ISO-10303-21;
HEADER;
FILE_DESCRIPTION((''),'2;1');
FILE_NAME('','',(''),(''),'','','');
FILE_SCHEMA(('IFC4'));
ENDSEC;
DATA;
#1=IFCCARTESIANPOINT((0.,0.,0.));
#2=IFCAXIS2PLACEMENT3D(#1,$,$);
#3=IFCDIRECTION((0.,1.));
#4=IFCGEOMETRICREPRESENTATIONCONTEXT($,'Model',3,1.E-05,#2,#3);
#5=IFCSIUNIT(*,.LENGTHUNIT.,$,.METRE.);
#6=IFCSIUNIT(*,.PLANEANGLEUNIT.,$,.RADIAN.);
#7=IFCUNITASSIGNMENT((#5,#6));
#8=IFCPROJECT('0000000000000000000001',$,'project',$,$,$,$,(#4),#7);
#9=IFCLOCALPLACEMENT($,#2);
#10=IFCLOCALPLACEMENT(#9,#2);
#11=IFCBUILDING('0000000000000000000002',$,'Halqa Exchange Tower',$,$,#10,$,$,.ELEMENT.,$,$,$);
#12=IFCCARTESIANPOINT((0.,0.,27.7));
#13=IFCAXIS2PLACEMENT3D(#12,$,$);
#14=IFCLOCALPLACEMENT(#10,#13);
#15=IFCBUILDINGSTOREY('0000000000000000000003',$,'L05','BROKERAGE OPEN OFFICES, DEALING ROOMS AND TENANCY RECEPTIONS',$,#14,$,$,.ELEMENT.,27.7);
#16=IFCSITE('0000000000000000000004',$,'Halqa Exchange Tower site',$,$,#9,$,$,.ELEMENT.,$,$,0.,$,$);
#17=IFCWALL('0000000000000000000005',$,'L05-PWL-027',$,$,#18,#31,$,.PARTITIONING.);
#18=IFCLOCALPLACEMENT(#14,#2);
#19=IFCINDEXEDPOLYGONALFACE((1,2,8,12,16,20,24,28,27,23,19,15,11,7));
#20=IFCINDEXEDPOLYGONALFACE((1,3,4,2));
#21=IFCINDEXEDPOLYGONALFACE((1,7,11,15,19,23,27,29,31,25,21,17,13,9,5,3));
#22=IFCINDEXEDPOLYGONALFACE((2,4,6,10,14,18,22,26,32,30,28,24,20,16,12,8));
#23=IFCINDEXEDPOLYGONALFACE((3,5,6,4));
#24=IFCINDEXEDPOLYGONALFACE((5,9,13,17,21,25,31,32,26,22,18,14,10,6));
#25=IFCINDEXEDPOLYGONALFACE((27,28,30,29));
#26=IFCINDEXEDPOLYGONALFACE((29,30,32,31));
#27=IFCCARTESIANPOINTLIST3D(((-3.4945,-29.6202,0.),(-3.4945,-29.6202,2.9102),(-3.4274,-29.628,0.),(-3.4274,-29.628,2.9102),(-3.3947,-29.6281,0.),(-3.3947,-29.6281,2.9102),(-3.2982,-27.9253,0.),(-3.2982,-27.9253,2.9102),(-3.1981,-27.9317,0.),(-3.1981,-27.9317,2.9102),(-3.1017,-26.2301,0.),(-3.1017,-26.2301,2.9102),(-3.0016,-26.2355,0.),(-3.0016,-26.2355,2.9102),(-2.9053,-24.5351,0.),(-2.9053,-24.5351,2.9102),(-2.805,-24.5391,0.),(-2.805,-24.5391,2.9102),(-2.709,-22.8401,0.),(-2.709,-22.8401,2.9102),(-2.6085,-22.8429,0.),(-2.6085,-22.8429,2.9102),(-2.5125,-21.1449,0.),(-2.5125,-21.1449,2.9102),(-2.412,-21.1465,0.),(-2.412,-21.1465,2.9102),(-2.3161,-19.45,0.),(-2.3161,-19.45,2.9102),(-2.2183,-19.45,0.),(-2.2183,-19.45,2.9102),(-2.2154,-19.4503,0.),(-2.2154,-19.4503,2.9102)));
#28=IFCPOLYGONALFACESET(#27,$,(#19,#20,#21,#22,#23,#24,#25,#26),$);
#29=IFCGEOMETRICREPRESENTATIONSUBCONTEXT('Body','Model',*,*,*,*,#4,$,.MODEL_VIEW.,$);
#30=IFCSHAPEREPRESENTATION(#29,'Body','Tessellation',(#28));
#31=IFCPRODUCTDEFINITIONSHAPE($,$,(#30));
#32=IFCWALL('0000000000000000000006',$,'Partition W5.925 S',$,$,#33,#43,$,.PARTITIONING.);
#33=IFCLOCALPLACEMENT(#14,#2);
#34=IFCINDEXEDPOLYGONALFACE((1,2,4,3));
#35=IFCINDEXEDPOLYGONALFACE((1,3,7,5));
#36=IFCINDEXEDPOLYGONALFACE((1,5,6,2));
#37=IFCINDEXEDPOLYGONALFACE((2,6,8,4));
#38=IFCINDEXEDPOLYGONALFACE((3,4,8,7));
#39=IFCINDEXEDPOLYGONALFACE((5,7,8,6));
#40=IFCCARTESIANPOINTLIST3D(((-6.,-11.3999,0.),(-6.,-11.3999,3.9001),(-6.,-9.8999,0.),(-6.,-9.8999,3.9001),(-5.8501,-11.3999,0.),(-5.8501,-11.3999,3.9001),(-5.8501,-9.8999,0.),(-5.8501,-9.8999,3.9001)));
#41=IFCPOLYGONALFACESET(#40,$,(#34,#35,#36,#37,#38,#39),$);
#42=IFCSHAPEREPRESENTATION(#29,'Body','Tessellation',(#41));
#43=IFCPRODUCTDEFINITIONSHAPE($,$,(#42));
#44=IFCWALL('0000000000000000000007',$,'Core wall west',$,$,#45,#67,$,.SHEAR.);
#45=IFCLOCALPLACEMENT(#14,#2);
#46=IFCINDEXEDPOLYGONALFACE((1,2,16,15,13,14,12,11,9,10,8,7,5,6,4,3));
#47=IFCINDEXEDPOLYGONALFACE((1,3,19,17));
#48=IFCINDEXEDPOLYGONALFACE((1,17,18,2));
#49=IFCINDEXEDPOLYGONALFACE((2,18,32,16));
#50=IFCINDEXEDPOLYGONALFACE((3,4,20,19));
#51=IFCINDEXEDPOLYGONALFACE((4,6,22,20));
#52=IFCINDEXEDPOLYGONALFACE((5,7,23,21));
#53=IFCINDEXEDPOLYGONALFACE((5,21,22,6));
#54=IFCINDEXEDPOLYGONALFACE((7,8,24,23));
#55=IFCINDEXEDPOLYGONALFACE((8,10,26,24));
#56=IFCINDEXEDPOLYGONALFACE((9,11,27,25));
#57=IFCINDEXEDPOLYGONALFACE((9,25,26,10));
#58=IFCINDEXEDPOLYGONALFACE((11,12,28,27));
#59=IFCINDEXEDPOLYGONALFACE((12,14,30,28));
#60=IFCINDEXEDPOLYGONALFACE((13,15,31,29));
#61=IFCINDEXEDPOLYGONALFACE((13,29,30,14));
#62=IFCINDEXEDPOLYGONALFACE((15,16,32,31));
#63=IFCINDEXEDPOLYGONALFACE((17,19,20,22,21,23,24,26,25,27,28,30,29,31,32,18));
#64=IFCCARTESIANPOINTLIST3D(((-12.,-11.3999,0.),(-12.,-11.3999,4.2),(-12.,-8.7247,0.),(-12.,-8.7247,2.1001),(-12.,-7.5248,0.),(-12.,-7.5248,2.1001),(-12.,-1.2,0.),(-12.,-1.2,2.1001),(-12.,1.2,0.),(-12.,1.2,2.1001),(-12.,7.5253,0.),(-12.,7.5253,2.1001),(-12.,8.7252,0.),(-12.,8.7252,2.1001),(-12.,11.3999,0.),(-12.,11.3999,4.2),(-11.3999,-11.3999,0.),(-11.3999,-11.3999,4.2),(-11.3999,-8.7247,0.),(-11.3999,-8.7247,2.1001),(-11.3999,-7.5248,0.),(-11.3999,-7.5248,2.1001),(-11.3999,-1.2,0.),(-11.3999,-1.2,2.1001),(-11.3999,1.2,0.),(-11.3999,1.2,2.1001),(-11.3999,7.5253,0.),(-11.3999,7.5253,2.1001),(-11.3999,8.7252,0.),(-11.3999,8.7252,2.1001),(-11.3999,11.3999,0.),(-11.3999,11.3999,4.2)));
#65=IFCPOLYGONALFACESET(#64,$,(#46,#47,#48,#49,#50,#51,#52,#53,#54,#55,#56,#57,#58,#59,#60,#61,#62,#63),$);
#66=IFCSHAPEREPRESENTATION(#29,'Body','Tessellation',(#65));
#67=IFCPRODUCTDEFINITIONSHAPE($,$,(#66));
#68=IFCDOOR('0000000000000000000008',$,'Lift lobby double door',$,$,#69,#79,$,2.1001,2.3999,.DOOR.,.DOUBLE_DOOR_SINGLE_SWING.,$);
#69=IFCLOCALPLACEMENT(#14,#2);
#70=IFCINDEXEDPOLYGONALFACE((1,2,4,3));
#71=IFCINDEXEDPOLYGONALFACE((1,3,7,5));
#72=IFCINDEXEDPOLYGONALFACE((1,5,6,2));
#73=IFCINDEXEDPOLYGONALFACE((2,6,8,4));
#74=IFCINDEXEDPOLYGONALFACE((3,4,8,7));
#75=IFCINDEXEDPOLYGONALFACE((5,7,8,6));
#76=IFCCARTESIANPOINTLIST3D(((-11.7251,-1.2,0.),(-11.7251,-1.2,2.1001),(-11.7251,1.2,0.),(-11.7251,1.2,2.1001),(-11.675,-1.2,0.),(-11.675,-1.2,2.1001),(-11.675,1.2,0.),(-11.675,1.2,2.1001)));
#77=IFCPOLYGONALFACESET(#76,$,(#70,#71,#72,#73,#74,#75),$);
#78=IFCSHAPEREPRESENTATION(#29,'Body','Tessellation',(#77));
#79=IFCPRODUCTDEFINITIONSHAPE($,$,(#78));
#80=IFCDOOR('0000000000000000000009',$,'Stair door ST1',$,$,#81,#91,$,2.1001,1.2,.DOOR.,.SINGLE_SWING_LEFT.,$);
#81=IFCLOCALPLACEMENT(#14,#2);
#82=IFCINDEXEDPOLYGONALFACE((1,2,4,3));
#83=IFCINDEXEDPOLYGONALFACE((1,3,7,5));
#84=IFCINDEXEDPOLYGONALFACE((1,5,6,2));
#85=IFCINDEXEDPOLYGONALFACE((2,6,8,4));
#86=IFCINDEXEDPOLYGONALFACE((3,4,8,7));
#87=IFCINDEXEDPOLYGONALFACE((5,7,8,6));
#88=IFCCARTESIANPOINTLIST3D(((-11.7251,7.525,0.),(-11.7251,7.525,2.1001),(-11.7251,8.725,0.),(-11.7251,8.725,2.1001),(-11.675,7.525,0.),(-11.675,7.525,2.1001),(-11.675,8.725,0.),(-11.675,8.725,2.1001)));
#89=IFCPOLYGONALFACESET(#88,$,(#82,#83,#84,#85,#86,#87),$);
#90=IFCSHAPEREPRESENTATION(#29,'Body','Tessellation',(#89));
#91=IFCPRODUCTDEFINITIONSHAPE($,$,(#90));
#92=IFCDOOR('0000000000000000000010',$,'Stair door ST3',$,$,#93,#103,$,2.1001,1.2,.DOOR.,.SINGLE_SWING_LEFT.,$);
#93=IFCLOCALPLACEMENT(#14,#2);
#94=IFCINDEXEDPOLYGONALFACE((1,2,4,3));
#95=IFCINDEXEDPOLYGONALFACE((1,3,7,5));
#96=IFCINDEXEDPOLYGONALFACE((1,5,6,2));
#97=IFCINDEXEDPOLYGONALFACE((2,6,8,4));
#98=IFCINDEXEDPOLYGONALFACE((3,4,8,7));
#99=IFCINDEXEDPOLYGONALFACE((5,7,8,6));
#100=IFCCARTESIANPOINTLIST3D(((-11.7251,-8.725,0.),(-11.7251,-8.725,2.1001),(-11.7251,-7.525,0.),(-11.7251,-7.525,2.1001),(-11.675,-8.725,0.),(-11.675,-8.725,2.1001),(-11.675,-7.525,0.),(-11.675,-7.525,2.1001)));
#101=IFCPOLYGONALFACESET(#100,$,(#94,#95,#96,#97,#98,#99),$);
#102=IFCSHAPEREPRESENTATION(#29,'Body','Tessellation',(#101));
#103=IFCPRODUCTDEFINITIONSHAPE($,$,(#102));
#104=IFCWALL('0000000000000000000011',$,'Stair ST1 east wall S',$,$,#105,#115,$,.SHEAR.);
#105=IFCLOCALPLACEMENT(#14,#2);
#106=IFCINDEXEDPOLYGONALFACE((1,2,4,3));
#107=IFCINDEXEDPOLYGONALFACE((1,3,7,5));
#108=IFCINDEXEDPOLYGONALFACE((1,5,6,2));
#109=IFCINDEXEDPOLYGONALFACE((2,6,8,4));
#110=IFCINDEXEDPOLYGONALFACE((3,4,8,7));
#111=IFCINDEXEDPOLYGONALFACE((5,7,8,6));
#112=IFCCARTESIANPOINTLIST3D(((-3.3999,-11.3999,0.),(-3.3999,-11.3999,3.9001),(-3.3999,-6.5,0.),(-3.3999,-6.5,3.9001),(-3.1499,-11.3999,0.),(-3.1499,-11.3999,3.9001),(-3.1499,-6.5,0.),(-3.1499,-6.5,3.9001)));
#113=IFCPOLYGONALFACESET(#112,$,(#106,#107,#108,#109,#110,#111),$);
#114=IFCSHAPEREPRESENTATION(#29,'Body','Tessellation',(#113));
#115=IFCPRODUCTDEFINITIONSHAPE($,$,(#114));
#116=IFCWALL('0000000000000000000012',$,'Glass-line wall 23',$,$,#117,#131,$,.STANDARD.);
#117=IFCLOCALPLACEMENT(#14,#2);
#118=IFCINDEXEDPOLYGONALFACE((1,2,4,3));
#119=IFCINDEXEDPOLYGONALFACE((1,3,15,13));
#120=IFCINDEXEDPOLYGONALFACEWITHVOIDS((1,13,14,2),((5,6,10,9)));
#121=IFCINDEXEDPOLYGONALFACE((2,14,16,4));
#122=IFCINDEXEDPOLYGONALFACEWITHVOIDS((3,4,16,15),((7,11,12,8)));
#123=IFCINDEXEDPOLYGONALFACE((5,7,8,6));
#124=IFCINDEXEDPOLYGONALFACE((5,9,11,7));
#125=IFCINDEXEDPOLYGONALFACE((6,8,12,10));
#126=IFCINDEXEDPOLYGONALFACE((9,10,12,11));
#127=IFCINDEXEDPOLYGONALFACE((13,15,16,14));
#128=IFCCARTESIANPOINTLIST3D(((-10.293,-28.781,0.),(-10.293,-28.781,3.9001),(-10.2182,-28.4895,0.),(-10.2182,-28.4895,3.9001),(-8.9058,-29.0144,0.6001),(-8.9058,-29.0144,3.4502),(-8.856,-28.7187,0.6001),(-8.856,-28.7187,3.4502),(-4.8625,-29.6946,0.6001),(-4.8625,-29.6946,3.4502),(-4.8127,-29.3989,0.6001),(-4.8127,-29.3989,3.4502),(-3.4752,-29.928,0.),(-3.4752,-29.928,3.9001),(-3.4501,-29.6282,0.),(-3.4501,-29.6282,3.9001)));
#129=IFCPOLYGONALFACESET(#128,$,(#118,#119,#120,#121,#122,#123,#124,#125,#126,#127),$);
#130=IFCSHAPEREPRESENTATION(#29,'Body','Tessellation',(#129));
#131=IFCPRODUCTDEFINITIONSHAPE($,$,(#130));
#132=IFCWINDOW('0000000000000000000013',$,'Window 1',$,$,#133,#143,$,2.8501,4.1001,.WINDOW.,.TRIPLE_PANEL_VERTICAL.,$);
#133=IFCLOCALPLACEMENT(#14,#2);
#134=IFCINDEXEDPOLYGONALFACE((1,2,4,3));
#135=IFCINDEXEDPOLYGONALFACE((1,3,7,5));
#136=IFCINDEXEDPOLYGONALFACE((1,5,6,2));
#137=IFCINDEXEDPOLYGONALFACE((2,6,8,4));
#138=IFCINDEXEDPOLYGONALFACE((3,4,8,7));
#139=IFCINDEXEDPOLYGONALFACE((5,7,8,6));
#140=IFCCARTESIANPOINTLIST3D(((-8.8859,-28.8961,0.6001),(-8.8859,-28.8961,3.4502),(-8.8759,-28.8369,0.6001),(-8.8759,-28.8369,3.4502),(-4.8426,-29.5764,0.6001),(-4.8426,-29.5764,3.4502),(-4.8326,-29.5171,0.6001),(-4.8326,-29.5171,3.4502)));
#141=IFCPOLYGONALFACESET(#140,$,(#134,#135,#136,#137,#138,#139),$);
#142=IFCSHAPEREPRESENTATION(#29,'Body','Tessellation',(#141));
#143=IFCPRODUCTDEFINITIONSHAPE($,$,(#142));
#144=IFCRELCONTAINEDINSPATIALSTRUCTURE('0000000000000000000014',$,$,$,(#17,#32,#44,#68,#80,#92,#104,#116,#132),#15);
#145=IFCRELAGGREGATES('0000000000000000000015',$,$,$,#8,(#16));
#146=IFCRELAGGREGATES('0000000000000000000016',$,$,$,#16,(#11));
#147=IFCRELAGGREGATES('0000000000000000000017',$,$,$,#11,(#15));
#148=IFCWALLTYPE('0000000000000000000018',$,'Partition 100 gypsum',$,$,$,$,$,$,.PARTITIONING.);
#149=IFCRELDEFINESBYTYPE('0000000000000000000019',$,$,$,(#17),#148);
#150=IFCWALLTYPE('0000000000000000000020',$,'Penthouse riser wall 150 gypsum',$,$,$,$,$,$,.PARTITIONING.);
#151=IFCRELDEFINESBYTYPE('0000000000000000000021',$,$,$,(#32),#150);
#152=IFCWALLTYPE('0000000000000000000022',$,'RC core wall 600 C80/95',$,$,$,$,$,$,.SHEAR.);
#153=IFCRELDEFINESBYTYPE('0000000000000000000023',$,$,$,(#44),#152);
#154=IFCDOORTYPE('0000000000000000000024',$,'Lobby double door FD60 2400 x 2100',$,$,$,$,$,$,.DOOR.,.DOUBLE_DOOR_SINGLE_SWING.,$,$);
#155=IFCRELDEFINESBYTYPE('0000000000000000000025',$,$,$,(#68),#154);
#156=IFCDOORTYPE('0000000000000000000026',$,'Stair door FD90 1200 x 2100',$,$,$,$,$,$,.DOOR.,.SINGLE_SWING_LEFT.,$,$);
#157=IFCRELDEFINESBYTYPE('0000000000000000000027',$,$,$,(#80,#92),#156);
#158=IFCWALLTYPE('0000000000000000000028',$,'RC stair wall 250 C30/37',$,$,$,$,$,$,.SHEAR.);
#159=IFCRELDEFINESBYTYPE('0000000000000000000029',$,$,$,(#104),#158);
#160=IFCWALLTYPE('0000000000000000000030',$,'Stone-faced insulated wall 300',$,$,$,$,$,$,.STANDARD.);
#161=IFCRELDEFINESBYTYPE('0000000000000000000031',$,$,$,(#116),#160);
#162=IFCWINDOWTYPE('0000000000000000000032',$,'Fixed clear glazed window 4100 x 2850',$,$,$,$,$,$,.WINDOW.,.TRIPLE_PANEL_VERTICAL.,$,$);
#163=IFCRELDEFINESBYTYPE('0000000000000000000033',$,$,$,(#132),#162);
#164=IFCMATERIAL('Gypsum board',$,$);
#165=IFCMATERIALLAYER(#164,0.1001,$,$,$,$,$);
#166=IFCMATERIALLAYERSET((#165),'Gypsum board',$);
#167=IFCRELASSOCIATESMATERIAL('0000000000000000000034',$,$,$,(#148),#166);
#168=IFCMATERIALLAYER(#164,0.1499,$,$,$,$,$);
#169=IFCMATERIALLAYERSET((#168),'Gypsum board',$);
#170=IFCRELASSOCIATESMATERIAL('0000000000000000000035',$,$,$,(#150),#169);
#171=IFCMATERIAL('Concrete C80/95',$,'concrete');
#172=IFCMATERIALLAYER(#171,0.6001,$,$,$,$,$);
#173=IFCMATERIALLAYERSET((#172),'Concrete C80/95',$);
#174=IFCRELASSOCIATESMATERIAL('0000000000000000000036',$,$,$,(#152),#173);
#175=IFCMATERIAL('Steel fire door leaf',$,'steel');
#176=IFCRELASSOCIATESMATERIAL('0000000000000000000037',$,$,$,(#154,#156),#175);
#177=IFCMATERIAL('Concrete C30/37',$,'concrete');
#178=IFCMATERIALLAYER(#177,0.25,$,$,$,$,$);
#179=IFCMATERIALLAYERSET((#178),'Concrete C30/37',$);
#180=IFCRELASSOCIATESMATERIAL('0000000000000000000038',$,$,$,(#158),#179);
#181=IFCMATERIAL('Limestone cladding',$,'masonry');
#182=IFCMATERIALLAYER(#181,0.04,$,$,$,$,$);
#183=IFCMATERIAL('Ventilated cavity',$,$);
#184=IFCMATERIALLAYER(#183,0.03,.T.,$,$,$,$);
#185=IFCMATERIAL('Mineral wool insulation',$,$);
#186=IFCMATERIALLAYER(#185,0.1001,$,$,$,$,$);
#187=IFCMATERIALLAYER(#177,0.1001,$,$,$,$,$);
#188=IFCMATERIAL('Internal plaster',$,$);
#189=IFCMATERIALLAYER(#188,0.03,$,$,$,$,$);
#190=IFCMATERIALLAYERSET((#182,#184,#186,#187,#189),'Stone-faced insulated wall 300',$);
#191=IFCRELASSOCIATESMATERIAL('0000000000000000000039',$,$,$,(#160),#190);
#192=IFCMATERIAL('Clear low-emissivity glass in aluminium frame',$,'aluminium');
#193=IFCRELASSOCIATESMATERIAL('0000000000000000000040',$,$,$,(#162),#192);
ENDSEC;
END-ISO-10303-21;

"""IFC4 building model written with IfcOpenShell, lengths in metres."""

from ifc_helpers import new_model, si_unit, direction, frame, frame_2d, origin, place, context, subcontext, project, spatial, polyline, rectangle, outline, extrude, material, layer, layer_set, type_object, element, fill, save


model = new_model("IFC4")

# Units and contexts
model_context = context("Model", 3, precision=1e-05, world=origin(), true_north=direction((0.0, 1.0)))
body_context = subcontext(model_context, "Body", "Model", "MODEL_VIEW")
ifc_project = project(units=[si_unit("LENGTHUNIT", "METRE"), si_unit("PLANEANGLEUNIT", "RADIAN")], contexts=[model_context])

# Site, building, storey
site_placement = place(None, origin())
site = spatial("IfcSite", under=ifc_project, at=site_placement, Name="Halqa Exchange Tower site", CompositionType="ELEMENT", RefElevation=0.0)
building_placement = place(site_placement, origin())
building = spatial("IfcBuilding", under=site, at=building_placement, Name="Halqa Exchange Tower", CompositionType="ELEMENT")
storey_placement = place(building_placement, frame((0.0, 0.0, 27.7)))
storey = spatial("IfcBuildingStorey", under=building, at=storey_placement, Name="L05", Description="BROKERAGE OPEN OFFICES, DEALING ROOMS AND TENANCY RECEPTIONS", CompositionType="ELEMENT", Elevation=27.7)

# Shared definitions
ifc_material_1 = material(Name="Concrete C80/95", Category="concrete")

# Shared definitions
ifc_material_2 = material(Name="Steel fire door leaf", Category="steel")

# Shared definitions
ifc_material_3 = material(Name="Gypsum board")
ifc_layer_1 = layer(ifc_material_3, 0.1001)
ifc_layer_set_1 = layer_set([ifc_layer_1], Name="Gypsum board")
wall_type_1 = type_object("IfcWallType", Name="Partition 100 gypsum", PredefinedType="PARTITIONING", material=ifc_layer_set_1)

# Walls
wall_1_placement = place(storey_placement, frame((-3.4448, -29.626, 0.0), z_axis=(0.0, 0.0, 1.0), x_axis=(0.115097, 0.993354, 0.0)))
element("IfcWall", 1, at=wall_1_placement, inside=storey, type_object=wall_type_1, Name="L05-PWL-027", PredefinedType="PARTITIONING", context=body_context, shape_type="SweptSolid", body=[
    extrude(outline(polyline([(10.2495, -0.05), (10.2495, -0.0471), (10.2383, 0.05), (8.532, 0.05), (6.8254, 0.05), (5.1191, 0.05), (3.4128, 0.05), (1.7063, 0.05), (0.0, 0.05), (0.0, -0.0176), (0.0037, -0.05), (1.7114, -0.05), (3.4189, -0.05), (5.1267, -0.05), (6.8342, -0.05), (8.542, -0.05), (10.2495, -0.05)])), origin(), (0.0, 0.0, 1.0), 2.9102),
])
ifc_layer_2 = layer(ifc_material_3, 0.1499)
ifc_layer_set_2 = layer_set([ifc_layer_2], Name="Gypsum board")
wall_type_2 = type_object("IfcWallType", Name="Penthouse riser wall 150 gypsum", PredefinedType="PARTITIONING", material=ifc_layer_set_2)
wall_2_placement = place(storey_placement, frame((-5.925, -11.3999, 0.0), z_axis=(0.0, 0.0, 1.0), x_axis=(0.0, 1.0, 0.0)))
element("IfcWall", 2, at=wall_2_placement, inside=storey, type_object=wall_type_2, Name="Partition W5.925 S", PredefinedType="PARTITIONING", context=body_context, shape_type="SweptSolid", body=[
    extrude(rectangle(XDim=1.5, YDim=0.1499, at=frame_2d((0.75, 0.0))), origin(), (0.0, 0.0, 1.0), 3.9001),
])

# Wall, openings, doors
ifc_layer_3 = layer(ifc_material_1, 0.6001)
ifc_layer_set_3 = layer_set([ifc_layer_3], Name="Concrete C80/95")
wall_type_3 = type_object("IfcWallType", Name="RC core wall 600 C80/95", PredefinedType="SHEAR", material=ifc_layer_set_3)
wall_3_placement = place(storey_placement, frame((-11.7, -11.3999, 0.0), z_axis=(0.0, 0.0, 1.0), x_axis=(0.0, 1.0, 0.0)))
wall_3 = element("IfcWall", 3, at=wall_3_placement, inside=storey, type_object=wall_type_3, Name="Core wall west", PredefinedType="SHEAR", context=body_context, shape_type="SweptSolid", body=[
    extrude(rectangle(XDim=22.7998, YDim=0.6001, at=frame_2d((11.3999, 0.0))), origin(), (0.0, 0.0, 1.0), 4.2),
])
opening_1_placement = place(wall_3_placement, frame((10.2, 0.0, 0.0)))
opening_1 = element("IfcOpeningElement", 4, at=opening_1_placement, cuts=wall_3, PredefinedType="OPENING", context=body_context, shape_type="SweptSolid", body=[
    extrude(rectangle(XDim=2.3999, YDim=2.1001, at=frame_2d((1.2, 1.05))), frame((0.0, 0.312, 0.0), z_axis=(0.0, -1.0, 0.0), x_axis=(1.0, 0.0, 0.0)), (0.0, 0.0, 1.0), 0.624),
])
opening_2_placement = place(wall_3_placement, frame((18.925, 0.0, 0.0)))
opening_2 = element("IfcOpeningElement", 5, at=opening_2_placement, cuts=wall_3, PredefinedType="OPENING", context=body_context, shape_type="SweptSolid", body=[
    extrude(rectangle(XDim=1.2, YDim=2.1001, at=frame_2d((0.6001, 1.05))), frame((0.0, 0.312, 0.0), z_axis=(0.0, -1.0, 0.0), x_axis=(1.0, 0.0, 0.0)), (0.0, 0.0, 1.0), 0.624),
])
opening_3_placement = place(wall_3_placement, frame((2.675, 0.0, 0.0)))
opening_3 = element("IfcOpeningElement", 6, at=opening_3_placement, cuts=wall_3, PredefinedType="OPENING", context=body_context, shape_type="SweptSolid", body=[
    extrude(rectangle(XDim=1.2, YDim=2.1001, at=frame_2d((0.6001, 1.05))), frame((0.0, 0.312, 0.0), z_axis=(0.0, -1.0, 0.0), x_axis=(1.0, 0.0, 0.0)), (0.0, 0.0, 1.0), 0.624),
])
door_type_1 = type_object("IfcDoorType", Name="Lobby double door FD60 2400 x 2100", OperationType="DOUBLE_DOOR_SINGLE_SWING", PredefinedType="DOOR", material=ifc_material_2)
door_1_placement = place(opening_1_placement, frame((2.3999, 0.0, 0.0), z_axis=(0.0, 0.0, 1.0), x_axis=(-1.0, 0.0, 0.0)))
door_1 = element("IfcDoor", 7, at=door_1_placement, inside=storey, type_object=door_type_1, Name="Lift lobby double door", OperationType="DOUBLE_DOOR_SINGLE_SWING", OverallHeight=2.1001, OverallWidth=2.3999, PredefinedType="DOOR", context=body_context, shape_type="SweptSolid", body=[
    extrude(rectangle(XDim=2.3999, YDim=2.1001, at=frame_2d((1.2, 1.05))), frame((0.0, 0.0249, 0.0), z_axis=(0.0, -1.0, 0.0), x_axis=(1.0, 0.0, 0.0)), (0.0, 0.0, 1.0), 0.05),
])
fill(opening_1, door_1)
door_type_2 = type_object("IfcDoorType", Name="Stair door FD90 1200 x 2100", OperationType="SINGLE_SWING_LEFT", PredefinedType="DOOR", material=ifc_material_2)
door_2_placement = place(opening_2_placement, frame((1.2, 0.0, 0.0), z_axis=(0.0, 0.0, 1.0), x_axis=(-1.0, 0.0, 0.0)))
door_2 = element("IfcDoor", 8, at=door_2_placement, inside=storey, type_object=door_type_2, Name="Stair door ST1", OperationType="SINGLE_SWING_LEFT", OverallHeight=2.1001, OverallWidth=1.2, PredefinedType="DOOR", context=body_context, shape_type="SweptSolid", body=[
    extrude(rectangle(XDim=1.2, YDim=2.1001, at=frame_2d((0.6001, 1.05))), frame((0.0, 0.0249, 0.0), z_axis=(0.0, -1.0, 0.0), x_axis=(1.0, 0.0, 0.0)), (0.0, 0.0, 1.0), 0.05),
])
fill(opening_2, door_2)
door_3_placement = place(opening_3_placement, frame((1.2, 0.0, 0.0), z_axis=(0.0, 0.0, 1.0), x_axis=(-1.0, 0.0, 0.0)))
door_3 = element("IfcDoor", 9, at=door_3_placement, inside=storey, type_object=door_type_2, Name="Stair door ST3", OperationType="SINGLE_SWING_LEFT", OverallHeight=2.1001, OverallWidth=1.2, PredefinedType="DOOR", context=body_context, shape_type="SweptSolid", body=[
    extrude(rectangle(XDim=1.2, YDim=2.1001, at=frame_2d((0.6001, 1.05))), frame((0.0, 0.0249, 0.0), z_axis=(0.0, -1.0, 0.0), x_axis=(1.0, 0.0, 0.0)), (0.0, 0.0, 1.0), 0.05),
])
fill(opening_3, door_3)

# Wall
ifc_material_4 = material(Name="Concrete C30/37", Category="concrete")
ifc_layer_4 = layer(ifc_material_4, 0.25)
ifc_layer_set_4 = layer_set([ifc_layer_4], Name="Concrete C30/37")
wall_type_4 = type_object("IfcWallType", Name="RC stair wall 250 C30/37", PredefinedType="SHEAR", material=ifc_layer_set_4)
wall_4_placement = place(storey_placement, frame((-3.2749, -11.3999, 0.0), z_axis=(0.0, 0.0, 1.0), x_axis=(0.0, 1.0, 0.0)))
element("IfcWall", 10, at=wall_4_placement, inside=storey, type_object=wall_type_4, Name="Stair ST1 east wall S", PredefinedType="SHEAR", context=body_context, shape_type="SweptSolid", body=[
    extrude(rectangle(XDim=4.8999, YDim=0.25, at=frame_2d((2.45, 0.0))), origin(), (0.0, 0.0, 1.0), 3.9001),
])

# Wall, opening, window
ifc_material_5 = material(Name="Limestone cladding", Category="masonry")
ifc_layer_5 = layer(ifc_material_5, 0.04)
ifc_material_6 = material(Name="Ventilated cavity")
ifc_layer_6 = layer(ifc_material_6, 0.03, ventilated=True)
ifc_material_7 = material(Name="Mineral wool insulation")
ifc_layer_7 = layer(ifc_material_7, 0.1001)
ifc_layer_8 = layer(ifc_material_4, 0.1001)
ifc_material_8 = material(Name="Internal plaster")
ifc_layer_9 = layer(ifc_material_8, 0.03)
ifc_layer_set_5 = layer_set([ifc_layer_5, ifc_layer_6, ifc_layer_7, ifc_layer_8, ifc_layer_9], Name="Stone-faced insulated wall 300")
wall_type_5 = type_object("IfcWallType", Name="Stone-faced insulated wall 300", PredefinedType="STANDARD", material=ifc_layer_set_5)
wall_5_placement = place(storey_placement, frame((-10.2556, -28.6353, 0.0), z_axis=(0.0, 0.0, 1.0), x_axis=(0.986142, -0.165905, 0.0)))
wall_5 = element("IfcWall", 11, at=wall_5_placement, inside=storey, type_object=wall_type_5, Name="Glass-line wall 23", PredefinedType="STANDARD", context=body_context, shape_type="SweptSolid", body=[
    extrude(outline(polyline([(-0.0127, -0.1499), (6.9009, -0.1499), (6.876, 0.1499), (0.0127, 0.1499), (-0.0127, -0.1499)])), origin(), (0.0, 0.0, 1.0), 3.9001),
])
opening_4_placement = place(wall_5_placement, frame((1.394, 0.0, 0.6001)))
opening_4 = element("IfcOpeningElement", 12, at=opening_4_placement, cuts=wall_5, PredefinedType="OPENING", context=body_context, shape_type="SweptSolid", body=[
    extrude(rectangle(XDim=4.1001, YDim=2.8501, at=frame_2d((2.05, 1.425))), frame((0.0, 0.1621, 0.0), z_axis=(0.0, -1.0, 0.0), x_axis=(1.0, 0.0, 0.0)), (0.0, 0.0, 1.0), 0.324),
])
ifc_material_9 = material(Name="Clear low-emissivity glass in aluminium frame", Category="aluminium")
window_type = type_object("IfcWindowType", Name="Fixed clear glazed window 4100 x 2850", PartitioningType="TRIPLE_PANEL_VERTICAL", PredefinedType="WINDOW", material=ifc_material_9)
window_placement = place(opening_4_placement, origin())
window = element("IfcWindow", 13, at=window_placement, inside=storey, type_object=window_type, Name="Window 1", OverallHeight=2.8501, OverallWidth=4.1001, PartitioningType="TRIPLE_PANEL_VERTICAL", PredefinedType="WINDOW", context=body_context, shape_type="SweptSolid", body=[
    extrude(rectangle(XDim=4.1001, YDim=2.8501, at=frame_2d((2.05, 1.425))), frame((0.0, 0.03, 0.0), z_axis=(0.0, -1.0, 0.0), x_axis=(1.0, 0.0, 0.0)), (0.0, 0.0, 1.0), 0.0601),
])
fill(opening_4, window)

save(model, "model.ifc")
